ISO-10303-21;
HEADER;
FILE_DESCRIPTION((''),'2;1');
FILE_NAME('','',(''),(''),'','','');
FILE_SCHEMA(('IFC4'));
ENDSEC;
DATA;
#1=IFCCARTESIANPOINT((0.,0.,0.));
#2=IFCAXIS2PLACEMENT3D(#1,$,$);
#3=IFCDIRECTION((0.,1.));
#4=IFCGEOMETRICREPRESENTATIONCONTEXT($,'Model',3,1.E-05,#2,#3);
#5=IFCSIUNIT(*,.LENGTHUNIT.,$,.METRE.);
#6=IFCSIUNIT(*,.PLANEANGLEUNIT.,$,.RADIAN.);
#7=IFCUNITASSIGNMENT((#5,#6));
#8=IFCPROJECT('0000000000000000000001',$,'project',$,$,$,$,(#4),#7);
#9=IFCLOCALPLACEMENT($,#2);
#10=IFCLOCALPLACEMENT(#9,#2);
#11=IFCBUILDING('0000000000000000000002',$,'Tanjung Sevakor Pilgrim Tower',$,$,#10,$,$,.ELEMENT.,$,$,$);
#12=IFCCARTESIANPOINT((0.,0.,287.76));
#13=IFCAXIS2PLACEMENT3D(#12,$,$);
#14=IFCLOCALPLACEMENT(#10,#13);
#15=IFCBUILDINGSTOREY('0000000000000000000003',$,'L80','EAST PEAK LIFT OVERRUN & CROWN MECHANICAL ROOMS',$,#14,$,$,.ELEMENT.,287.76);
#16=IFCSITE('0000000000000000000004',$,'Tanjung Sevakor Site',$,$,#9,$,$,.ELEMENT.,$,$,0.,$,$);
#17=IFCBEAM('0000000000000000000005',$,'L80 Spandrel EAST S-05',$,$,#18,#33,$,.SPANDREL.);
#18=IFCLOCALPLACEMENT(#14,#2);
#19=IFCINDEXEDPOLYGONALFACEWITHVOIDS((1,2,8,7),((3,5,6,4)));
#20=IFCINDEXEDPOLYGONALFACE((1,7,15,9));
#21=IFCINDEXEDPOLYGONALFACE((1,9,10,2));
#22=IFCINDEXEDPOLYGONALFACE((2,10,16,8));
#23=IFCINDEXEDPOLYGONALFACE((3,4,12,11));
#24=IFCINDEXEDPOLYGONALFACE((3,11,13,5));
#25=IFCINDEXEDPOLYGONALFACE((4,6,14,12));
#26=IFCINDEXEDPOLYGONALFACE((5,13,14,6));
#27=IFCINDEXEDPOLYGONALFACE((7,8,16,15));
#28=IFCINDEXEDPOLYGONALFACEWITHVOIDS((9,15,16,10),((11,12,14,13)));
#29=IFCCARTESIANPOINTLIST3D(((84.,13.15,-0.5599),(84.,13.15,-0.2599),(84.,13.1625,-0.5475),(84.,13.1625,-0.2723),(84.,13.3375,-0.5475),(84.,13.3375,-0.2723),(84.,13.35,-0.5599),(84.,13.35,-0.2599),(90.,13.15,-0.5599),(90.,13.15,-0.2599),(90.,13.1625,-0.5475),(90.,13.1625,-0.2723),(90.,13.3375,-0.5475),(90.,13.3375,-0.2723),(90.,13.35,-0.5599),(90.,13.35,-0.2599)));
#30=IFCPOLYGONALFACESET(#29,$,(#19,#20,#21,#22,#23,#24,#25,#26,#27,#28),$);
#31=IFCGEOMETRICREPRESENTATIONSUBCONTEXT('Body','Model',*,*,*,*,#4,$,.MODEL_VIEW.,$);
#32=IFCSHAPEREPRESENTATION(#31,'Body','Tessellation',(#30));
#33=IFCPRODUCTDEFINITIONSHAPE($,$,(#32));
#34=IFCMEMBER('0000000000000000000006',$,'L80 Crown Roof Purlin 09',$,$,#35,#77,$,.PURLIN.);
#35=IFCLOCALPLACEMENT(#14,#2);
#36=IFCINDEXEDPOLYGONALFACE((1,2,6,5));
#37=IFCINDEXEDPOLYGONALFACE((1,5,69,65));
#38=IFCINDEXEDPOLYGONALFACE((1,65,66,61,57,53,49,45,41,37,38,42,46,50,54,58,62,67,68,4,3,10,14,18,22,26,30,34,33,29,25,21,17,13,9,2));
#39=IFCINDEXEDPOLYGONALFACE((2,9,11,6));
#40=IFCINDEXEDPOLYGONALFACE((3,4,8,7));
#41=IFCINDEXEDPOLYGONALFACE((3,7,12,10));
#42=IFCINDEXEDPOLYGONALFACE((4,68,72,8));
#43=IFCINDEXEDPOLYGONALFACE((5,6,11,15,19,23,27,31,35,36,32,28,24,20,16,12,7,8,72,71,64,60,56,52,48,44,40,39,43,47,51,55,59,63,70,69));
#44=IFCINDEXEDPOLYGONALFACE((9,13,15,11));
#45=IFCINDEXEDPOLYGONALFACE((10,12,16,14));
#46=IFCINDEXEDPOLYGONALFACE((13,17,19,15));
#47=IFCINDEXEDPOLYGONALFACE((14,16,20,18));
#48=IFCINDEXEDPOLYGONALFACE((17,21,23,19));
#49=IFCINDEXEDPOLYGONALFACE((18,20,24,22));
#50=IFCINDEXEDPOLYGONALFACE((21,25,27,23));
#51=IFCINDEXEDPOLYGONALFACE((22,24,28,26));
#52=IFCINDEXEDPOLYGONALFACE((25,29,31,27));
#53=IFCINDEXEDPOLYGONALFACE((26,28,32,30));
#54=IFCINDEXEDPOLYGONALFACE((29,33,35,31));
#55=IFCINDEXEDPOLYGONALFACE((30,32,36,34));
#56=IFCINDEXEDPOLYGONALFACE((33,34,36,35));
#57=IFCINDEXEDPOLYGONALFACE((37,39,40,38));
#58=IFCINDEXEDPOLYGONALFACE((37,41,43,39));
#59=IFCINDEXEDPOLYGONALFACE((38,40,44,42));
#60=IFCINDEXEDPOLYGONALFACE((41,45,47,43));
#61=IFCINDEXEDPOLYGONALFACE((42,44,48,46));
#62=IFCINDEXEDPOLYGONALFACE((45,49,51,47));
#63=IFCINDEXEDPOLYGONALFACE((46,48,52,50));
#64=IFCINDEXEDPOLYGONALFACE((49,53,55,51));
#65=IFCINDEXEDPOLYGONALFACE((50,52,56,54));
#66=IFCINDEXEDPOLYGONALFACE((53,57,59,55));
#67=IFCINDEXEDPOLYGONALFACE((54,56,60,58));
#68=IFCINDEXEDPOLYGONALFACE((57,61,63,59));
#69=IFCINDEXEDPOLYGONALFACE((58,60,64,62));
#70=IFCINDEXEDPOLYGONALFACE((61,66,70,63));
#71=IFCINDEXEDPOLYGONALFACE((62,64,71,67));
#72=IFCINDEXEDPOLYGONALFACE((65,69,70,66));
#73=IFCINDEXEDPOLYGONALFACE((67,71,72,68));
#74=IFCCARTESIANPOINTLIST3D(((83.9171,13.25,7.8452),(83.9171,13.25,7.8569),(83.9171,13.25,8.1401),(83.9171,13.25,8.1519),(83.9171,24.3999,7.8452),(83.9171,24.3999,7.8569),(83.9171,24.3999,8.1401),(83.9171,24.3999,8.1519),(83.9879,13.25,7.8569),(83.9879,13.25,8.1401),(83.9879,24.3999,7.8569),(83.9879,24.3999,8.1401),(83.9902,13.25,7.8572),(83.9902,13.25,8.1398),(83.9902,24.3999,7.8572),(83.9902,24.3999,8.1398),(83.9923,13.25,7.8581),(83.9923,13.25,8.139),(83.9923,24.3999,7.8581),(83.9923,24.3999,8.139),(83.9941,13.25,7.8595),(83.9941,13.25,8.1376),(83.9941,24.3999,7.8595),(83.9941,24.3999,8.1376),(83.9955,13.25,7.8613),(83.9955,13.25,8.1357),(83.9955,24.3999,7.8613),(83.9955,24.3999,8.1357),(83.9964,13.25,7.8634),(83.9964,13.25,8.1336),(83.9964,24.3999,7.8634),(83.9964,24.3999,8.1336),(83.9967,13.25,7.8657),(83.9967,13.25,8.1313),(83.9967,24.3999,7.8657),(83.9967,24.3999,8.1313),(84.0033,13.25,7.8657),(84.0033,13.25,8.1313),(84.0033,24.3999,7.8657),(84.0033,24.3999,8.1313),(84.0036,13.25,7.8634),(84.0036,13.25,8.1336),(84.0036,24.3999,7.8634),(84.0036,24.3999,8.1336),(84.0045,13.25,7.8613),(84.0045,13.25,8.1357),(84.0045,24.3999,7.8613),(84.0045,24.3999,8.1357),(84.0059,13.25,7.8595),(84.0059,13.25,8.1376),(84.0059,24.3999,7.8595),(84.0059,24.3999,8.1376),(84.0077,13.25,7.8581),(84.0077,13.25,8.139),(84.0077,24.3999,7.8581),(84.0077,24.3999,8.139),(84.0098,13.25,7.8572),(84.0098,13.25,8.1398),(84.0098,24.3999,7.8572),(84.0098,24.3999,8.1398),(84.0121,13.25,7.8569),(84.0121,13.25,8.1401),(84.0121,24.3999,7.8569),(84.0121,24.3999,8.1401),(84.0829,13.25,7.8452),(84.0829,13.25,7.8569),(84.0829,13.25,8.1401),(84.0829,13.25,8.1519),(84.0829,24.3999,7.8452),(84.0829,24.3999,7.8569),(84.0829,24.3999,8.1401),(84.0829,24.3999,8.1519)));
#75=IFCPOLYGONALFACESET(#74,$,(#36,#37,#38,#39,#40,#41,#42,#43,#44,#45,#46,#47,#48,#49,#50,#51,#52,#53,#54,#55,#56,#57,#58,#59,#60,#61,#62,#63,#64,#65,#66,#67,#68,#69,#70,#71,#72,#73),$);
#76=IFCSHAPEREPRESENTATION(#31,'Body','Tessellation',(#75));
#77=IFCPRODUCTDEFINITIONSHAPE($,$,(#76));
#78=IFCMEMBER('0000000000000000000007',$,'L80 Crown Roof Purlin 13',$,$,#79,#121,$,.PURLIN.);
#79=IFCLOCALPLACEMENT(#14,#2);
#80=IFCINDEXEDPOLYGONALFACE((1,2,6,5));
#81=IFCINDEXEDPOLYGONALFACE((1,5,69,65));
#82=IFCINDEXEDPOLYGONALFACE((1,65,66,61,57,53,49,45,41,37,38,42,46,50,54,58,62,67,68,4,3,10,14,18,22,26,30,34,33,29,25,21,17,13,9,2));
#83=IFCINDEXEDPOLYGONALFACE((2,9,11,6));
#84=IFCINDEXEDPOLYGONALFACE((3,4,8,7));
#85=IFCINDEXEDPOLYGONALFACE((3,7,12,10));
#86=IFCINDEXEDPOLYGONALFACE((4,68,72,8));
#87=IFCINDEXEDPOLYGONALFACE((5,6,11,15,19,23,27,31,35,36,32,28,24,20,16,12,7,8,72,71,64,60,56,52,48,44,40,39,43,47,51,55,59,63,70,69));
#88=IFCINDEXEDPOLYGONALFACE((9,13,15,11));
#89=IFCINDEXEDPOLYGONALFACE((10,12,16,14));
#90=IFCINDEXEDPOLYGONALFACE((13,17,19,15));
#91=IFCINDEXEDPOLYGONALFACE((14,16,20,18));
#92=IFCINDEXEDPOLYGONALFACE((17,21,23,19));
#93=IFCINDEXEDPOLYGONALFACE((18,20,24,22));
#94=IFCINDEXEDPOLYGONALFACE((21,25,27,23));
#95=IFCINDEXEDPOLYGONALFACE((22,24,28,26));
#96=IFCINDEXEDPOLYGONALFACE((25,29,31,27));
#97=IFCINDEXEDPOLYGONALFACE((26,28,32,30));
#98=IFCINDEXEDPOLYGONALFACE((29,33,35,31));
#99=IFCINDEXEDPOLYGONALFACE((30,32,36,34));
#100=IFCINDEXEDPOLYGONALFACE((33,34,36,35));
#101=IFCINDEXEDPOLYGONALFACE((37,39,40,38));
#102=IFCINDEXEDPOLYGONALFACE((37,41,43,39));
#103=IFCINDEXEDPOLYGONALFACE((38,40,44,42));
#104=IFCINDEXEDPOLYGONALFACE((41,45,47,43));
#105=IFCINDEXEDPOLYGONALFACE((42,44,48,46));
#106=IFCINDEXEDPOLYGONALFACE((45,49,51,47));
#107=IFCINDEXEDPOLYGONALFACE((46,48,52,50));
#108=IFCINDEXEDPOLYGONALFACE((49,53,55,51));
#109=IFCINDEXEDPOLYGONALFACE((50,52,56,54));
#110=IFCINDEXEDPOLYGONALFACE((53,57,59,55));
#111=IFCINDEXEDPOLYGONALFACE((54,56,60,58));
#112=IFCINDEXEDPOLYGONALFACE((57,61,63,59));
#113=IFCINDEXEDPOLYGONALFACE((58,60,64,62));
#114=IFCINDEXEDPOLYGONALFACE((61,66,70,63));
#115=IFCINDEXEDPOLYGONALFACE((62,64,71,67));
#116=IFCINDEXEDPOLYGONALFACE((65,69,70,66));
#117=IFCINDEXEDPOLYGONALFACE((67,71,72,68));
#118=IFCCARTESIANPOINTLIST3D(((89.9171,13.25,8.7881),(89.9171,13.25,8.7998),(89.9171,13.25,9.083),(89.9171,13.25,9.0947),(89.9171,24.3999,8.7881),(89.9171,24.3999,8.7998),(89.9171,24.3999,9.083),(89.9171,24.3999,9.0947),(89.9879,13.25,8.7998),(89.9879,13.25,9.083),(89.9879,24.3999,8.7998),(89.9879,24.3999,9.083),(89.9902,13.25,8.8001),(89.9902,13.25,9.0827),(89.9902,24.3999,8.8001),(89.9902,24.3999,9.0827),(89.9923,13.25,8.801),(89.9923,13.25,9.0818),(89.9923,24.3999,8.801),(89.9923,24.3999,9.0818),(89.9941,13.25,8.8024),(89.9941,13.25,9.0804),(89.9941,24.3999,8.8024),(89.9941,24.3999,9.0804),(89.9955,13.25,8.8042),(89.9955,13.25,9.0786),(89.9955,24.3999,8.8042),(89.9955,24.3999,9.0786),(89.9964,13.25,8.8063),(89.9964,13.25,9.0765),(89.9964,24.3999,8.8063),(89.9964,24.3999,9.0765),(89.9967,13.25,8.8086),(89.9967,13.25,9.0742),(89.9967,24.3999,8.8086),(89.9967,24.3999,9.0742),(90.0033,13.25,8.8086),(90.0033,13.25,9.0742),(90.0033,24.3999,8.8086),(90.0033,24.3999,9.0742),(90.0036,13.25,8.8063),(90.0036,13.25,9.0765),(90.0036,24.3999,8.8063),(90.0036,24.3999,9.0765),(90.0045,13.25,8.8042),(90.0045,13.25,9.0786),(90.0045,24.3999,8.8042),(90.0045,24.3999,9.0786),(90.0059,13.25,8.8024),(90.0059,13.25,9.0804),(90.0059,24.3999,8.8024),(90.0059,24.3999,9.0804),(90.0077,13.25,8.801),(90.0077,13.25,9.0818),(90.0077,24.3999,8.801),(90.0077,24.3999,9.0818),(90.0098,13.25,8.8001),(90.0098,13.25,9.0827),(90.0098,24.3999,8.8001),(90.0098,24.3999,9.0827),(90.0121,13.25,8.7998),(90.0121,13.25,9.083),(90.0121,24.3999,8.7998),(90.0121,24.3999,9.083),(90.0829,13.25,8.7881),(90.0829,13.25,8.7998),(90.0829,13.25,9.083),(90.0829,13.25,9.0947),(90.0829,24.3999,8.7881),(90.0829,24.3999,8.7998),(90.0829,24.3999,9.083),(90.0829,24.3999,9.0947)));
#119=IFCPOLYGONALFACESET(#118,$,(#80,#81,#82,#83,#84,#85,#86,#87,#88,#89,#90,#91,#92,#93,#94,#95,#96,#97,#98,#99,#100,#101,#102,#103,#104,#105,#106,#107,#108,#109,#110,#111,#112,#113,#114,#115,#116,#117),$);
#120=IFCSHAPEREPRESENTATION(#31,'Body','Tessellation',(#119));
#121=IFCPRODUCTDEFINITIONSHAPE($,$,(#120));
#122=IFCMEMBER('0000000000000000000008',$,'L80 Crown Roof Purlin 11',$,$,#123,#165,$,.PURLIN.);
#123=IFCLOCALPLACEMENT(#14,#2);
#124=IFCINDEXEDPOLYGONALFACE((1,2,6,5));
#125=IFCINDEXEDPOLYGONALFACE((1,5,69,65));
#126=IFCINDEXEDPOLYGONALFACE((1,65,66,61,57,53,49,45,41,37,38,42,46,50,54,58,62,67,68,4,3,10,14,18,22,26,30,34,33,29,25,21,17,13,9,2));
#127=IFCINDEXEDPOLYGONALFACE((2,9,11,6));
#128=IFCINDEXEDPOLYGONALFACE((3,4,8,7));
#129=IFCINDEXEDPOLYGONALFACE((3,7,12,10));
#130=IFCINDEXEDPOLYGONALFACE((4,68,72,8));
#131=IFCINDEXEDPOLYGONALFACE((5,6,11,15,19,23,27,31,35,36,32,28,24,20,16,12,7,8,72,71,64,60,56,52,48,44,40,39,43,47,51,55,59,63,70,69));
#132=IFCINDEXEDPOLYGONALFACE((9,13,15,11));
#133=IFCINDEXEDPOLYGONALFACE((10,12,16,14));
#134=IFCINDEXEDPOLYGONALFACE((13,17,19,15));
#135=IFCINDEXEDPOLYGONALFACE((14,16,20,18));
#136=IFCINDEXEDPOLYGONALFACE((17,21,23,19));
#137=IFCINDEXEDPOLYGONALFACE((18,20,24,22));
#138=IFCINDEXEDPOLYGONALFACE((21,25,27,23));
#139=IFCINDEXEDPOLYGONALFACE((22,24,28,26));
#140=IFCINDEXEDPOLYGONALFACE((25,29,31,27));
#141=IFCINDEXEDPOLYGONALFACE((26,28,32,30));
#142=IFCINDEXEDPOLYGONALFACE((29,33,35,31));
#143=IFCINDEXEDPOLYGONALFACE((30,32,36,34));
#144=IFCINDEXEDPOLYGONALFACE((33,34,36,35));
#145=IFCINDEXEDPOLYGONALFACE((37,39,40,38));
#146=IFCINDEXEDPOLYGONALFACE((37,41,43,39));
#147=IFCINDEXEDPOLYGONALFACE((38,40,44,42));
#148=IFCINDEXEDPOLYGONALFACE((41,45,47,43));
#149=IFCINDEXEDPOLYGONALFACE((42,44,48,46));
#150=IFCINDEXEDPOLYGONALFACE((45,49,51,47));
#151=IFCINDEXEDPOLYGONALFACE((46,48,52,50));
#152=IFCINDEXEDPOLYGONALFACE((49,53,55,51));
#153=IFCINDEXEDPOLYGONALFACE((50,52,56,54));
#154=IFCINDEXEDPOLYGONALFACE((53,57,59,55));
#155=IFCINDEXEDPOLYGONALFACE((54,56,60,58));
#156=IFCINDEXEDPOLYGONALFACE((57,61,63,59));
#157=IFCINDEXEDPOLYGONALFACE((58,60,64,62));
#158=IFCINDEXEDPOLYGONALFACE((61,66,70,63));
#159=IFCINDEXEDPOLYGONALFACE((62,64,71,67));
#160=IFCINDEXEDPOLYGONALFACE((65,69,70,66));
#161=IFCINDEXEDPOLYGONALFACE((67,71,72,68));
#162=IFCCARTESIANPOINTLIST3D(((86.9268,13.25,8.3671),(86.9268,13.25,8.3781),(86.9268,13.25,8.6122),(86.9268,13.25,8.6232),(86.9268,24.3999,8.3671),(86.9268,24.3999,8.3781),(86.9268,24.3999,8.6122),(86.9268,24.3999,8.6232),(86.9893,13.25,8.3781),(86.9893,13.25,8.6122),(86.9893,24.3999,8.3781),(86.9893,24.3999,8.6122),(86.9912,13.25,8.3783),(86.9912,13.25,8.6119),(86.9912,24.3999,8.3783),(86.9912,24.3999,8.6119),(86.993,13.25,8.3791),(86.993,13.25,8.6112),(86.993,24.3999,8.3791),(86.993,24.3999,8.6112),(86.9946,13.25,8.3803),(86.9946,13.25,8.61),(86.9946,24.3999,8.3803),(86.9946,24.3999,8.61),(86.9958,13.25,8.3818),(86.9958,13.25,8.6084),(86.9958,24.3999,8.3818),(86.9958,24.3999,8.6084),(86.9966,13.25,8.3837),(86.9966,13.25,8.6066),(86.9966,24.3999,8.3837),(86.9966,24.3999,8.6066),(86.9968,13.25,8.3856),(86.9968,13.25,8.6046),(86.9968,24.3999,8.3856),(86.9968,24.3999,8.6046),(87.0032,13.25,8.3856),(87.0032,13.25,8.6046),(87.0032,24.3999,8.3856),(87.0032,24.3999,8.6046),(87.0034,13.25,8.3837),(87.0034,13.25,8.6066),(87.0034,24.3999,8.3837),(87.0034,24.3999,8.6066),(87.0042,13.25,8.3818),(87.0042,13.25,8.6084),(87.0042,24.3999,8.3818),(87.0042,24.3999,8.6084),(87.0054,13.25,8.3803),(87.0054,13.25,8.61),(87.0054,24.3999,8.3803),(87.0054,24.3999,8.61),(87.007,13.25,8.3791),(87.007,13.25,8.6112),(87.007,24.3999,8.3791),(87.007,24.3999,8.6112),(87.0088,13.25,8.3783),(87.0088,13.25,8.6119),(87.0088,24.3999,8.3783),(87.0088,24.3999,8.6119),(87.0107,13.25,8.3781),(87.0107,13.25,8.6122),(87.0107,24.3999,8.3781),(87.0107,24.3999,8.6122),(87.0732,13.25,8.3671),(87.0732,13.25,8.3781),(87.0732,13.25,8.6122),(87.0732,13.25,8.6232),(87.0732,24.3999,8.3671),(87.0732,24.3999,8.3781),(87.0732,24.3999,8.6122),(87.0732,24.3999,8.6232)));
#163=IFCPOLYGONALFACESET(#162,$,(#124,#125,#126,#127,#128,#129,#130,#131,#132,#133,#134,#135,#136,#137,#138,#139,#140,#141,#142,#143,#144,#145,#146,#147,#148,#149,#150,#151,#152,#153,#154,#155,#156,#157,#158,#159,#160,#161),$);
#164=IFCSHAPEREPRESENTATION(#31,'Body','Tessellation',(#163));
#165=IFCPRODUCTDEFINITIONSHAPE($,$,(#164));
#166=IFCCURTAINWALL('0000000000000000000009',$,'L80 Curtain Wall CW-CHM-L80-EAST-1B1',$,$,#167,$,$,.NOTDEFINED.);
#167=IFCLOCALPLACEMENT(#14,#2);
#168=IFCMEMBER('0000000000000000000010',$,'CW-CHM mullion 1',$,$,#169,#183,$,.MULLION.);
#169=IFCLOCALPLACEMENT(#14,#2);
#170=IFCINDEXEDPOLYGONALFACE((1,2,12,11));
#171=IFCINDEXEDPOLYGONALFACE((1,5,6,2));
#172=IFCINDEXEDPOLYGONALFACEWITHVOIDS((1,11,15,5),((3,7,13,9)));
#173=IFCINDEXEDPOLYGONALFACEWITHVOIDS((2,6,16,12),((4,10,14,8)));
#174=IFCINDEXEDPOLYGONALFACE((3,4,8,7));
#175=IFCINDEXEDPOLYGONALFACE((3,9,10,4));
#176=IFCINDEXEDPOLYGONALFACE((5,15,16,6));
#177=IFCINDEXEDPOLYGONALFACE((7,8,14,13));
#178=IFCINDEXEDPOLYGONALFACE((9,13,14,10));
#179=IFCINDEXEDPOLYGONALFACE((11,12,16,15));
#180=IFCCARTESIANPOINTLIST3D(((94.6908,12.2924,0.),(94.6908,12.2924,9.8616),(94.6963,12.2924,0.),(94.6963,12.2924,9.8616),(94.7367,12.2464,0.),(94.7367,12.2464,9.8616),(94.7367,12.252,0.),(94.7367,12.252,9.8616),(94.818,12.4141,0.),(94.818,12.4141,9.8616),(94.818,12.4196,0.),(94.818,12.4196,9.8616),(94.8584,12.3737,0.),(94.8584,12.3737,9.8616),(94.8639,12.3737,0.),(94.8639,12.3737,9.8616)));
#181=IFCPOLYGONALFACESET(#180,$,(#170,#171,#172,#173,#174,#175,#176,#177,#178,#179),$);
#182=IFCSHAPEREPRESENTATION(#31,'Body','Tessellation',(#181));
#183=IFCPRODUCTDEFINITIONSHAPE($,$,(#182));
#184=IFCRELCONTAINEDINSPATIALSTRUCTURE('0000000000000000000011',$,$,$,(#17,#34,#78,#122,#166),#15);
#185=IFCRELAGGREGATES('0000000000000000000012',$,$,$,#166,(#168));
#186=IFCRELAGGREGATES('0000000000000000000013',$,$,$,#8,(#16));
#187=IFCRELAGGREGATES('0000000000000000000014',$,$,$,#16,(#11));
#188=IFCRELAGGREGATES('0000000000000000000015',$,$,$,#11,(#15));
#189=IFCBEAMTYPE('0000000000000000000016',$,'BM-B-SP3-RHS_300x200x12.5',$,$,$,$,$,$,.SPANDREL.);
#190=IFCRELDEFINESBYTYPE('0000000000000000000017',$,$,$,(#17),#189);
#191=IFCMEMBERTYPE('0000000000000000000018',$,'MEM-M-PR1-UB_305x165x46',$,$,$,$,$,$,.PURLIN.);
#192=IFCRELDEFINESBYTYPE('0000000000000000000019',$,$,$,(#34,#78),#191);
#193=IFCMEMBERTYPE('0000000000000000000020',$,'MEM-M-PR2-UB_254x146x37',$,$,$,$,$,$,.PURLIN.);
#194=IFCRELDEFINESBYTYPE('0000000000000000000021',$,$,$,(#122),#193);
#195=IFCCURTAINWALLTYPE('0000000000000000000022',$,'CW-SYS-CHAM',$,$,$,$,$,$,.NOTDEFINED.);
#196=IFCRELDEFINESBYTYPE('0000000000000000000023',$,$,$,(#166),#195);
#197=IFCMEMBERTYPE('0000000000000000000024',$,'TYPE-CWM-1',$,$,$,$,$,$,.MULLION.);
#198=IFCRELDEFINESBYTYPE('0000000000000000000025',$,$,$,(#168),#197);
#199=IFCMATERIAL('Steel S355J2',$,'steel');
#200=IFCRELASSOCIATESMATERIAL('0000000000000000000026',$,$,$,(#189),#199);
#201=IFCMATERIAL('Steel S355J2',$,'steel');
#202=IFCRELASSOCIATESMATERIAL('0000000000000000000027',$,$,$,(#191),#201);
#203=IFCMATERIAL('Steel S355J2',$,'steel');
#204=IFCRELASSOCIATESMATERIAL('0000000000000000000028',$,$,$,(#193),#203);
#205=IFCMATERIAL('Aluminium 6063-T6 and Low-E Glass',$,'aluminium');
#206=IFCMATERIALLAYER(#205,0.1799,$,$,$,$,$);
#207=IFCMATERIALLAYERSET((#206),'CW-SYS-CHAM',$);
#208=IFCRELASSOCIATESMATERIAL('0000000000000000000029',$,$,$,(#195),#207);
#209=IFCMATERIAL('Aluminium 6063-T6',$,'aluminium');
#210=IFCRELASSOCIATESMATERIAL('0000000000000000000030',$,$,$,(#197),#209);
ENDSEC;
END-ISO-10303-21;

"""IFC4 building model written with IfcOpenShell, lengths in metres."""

from ifc_helpers import new_model, si_unit, direction, frame, origin, origin_2d, place, context, subcontext, project, spatial, hollow_rectangle, i_section, extrude, material, layer, layer_set, material_profile, profile_set, type_object, element, aggregate, save


model = new_model("IFC4")

# Units and contexts
model_context = context("Model", 3, precision=1e-05, world=origin(), true_north=direction((0.0, 1.0)))
body_context = subcontext(model_context, "Body", "Model", "MODEL_VIEW")
ifc_project = project(units=[si_unit("LENGTHUNIT", "METRE"), si_unit("PLANEANGLEUNIT", "RADIAN")], contexts=[model_context])

# Site, building, storey
site_placement = place(None, origin())
site = spatial("IfcSite", under=ifc_project, at=site_placement, Name="Tanjung Sevakor Site", CompositionType="ELEMENT", RefElevation=0.0)
building_placement = place(site_placement, origin())
building = spatial("IfcBuilding", under=site, at=building_placement, Name="Tanjung Sevakor Pilgrim Tower", CompositionType="ELEMENT")
storey_placement = place(building_placement, frame((0.0, 0.0, 287.76)))
storey = spatial("IfcBuildingStorey", under=building, at=storey_placement, Name="L80", Description="EAST PEAK LIFT OVERRUN & CROWN MECHANICAL ROOMS", CompositionType="ELEMENT", Elevation=287.76)

# Beam
ifc_material_1 = material(Name="Steel S355J2", Category="steel")
ifc_material_profile_1 = material_profile(ifc_material_1, hollow_rectangle(XDim=0.2, YDim=0.3, WallThickness=0.0125, at=origin_2d()))
ifc_profile_set_1 = profile_set([ifc_material_profile_1], Name="Steel S355J2")
beam_type_1 = type_object("IfcBeamType", Name="BM-B-SP3-RHS_300x200x12.5", PredefinedType="SPANDREL", material=ifc_profile_set_1)
beam_placement = place(storey_placement, frame((84.0, 13.25, -0.4099), z_axis=(1.0, 0.0, 0.0), x_axis=(0.0, 1.0, 0.0)))
element("IfcBeam", 1, at=beam_placement, inside=storey, type_object=beam_type_1, Name="L80 Spandrel EAST S-05", PredefinedType="SPANDREL", context=body_context, shape_type="SweptSolid", body=[
    extrude(hollow_rectangle(XDim=0.2, YDim=0.3, WallThickness=0.0125, at=origin_2d()), origin(), (0.0, 0.0, 1.0), 6.0),
])

# Members
ifc_material_2 = material(Name="Steel S355J2", Category="steel")
ifc_material_profile_2 = material_profile(ifc_material_2, i_section(OverallWidth=0.1658, OverallDepth=0.3066, WebThickness=0.0066, FlangeThickness=0.0117, FilletRadius=0.0088, at=origin_2d()))
ifc_profile_set_2 = profile_set([ifc_material_profile_2], Name="Steel S355J2")
member_type_1 = type_object("IfcMemberType", Name="MEM-M-PR1-UB_305x165x46", PredefinedType="PURLIN", material=ifc_profile_set_2)
for number, where, z_axis, x_axis, name in (
    (2, (84.0, 13.25, 7.9985), (0.0, 1.0, 0.0), (-1.0, 0.0, 0.0), "L80 Crown Roof Purlin 09"),
    (3, (90.0, 13.25, 8.9414), (0.0, 1.0, 0.0), (-1.0, 0.0, 0.0), "L80 Crown Roof Purlin 13"),
):
    element("IfcMember", number, at=place(storey_placement, frame(where, z_axis=z_axis, x_axis=x_axis)), inside=storey, type_object=member_type_1, Name=name, PredefinedType="PURLIN", context=body_context, shape_type="SweptSolid", body=[
        extrude(i_section(OverallWidth=0.1658, OverallDepth=0.3066, WebThickness=0.0066, FlangeThickness=0.0117, FilletRadius=0.0088, at=origin_2d()), origin(), (0.0, 0.0, 1.0), 11.1499),
    ])
ifc_material_3 = material(Name="Steel S355J2", Category="steel")
ifc_material_profile_3 = material_profile(ifc_material_3, i_section(OverallWidth=0.1465, OverallDepth=0.2561, WebThickness=0.0063, FlangeThickness=0.011, FilletRadius=0.0076, at=origin_2d()))
ifc_profile_set_3 = profile_set([ifc_material_profile_3], Name="Steel S355J2")
member_type_2 = type_object("IfcMemberType", Name="MEM-M-PR2-UB_254x146x37", PredefinedType="PURLIN", material=ifc_profile_set_3)
member_1_placement = place(storey_placement, frame((87.0, 13.25, 8.4951), z_axis=(0.0, 1.0, 0.0), x_axis=(-1.0, 0.0, 0.0)))
element("IfcMember", 4, at=member_1_placement, inside=storey, type_object=member_type_2, Name="L80 Crown Roof Purlin 11", PredefinedType="PURLIN", context=body_context, shape_type="SweptSolid", body=[
    extrude(i_section(OverallWidth=0.1465, OverallDepth=0.2561, WebThickness=0.0063, FlangeThickness=0.011, FilletRadius=0.0076, at=origin_2d()), origin(), (0.0, 0.0, 1.0), 11.1499),
])

# Curtain wall, member
ifc_material_4 = material(Name="Aluminium 6063-T6 and Low-E Glass", Category="aluminium")
ifc_layer_1 = layer(ifc_material_4, 0.1799)
ifc_layer_set_1 = layer_set([ifc_layer_1], Name="CW-SYS-CHAM")
curtain_wall_type_1 = type_object("IfcCurtainWallType", Name="CW-SYS-CHAM", PredefinedType="NOTDEFINED", material=ifc_layer_set_1)
curtain_wall_1_placement = place(storey_placement, origin())
curtain_wall_1 = element("IfcCurtainWall", 5, at=curtain_wall_1_placement, inside=storey, type_object=curtain_wall_type_1, Name="L80 Curtain Wall CW-CHM-L80-EAST-1B1", PredefinedType="NOTDEFINED")
ifc_material_5 = material(Name="Aluminium 6063-T6", Category="aluminium")
ifc_material_profile_4 = material_profile(ifc_material_5, hollow_rectangle(XDim=0.0649, YDim=0.1799, WallThickness=0.0039, at=origin_2d()))
ifc_profile_set_4 = profile_set([ifc_material_profile_4], Name="Aluminium 6063-T6")
member_type_3 = type_object("IfcMemberType", Name="TYPE-CWM-1", PredefinedType="MULLION", material=ifc_profile_set_4)
member_2_placement = place(storey_placement, frame((94.7773, 12.333, 0.0), z_axis=(0.0, 0.0, 1.0), x_axis=(-0.707107, 0.707107, 0.0)))
member_2 = element("IfcMember", 6, at=member_2_placement, type_object=member_type_3, Name="CW-CHM mullion 1", PredefinedType="MULLION", context=body_context, shape_type="SweptSolid", body=[
    extrude(hollow_rectangle(XDim=0.0649, YDim=0.1799, WallThickness=0.0039, at=origin_2d()), origin(), (0.0, 0.0, 1.0), 9.8616),
])

aggregate(curtain_wall_1, [member_2])

save(model, "model.ifc")
